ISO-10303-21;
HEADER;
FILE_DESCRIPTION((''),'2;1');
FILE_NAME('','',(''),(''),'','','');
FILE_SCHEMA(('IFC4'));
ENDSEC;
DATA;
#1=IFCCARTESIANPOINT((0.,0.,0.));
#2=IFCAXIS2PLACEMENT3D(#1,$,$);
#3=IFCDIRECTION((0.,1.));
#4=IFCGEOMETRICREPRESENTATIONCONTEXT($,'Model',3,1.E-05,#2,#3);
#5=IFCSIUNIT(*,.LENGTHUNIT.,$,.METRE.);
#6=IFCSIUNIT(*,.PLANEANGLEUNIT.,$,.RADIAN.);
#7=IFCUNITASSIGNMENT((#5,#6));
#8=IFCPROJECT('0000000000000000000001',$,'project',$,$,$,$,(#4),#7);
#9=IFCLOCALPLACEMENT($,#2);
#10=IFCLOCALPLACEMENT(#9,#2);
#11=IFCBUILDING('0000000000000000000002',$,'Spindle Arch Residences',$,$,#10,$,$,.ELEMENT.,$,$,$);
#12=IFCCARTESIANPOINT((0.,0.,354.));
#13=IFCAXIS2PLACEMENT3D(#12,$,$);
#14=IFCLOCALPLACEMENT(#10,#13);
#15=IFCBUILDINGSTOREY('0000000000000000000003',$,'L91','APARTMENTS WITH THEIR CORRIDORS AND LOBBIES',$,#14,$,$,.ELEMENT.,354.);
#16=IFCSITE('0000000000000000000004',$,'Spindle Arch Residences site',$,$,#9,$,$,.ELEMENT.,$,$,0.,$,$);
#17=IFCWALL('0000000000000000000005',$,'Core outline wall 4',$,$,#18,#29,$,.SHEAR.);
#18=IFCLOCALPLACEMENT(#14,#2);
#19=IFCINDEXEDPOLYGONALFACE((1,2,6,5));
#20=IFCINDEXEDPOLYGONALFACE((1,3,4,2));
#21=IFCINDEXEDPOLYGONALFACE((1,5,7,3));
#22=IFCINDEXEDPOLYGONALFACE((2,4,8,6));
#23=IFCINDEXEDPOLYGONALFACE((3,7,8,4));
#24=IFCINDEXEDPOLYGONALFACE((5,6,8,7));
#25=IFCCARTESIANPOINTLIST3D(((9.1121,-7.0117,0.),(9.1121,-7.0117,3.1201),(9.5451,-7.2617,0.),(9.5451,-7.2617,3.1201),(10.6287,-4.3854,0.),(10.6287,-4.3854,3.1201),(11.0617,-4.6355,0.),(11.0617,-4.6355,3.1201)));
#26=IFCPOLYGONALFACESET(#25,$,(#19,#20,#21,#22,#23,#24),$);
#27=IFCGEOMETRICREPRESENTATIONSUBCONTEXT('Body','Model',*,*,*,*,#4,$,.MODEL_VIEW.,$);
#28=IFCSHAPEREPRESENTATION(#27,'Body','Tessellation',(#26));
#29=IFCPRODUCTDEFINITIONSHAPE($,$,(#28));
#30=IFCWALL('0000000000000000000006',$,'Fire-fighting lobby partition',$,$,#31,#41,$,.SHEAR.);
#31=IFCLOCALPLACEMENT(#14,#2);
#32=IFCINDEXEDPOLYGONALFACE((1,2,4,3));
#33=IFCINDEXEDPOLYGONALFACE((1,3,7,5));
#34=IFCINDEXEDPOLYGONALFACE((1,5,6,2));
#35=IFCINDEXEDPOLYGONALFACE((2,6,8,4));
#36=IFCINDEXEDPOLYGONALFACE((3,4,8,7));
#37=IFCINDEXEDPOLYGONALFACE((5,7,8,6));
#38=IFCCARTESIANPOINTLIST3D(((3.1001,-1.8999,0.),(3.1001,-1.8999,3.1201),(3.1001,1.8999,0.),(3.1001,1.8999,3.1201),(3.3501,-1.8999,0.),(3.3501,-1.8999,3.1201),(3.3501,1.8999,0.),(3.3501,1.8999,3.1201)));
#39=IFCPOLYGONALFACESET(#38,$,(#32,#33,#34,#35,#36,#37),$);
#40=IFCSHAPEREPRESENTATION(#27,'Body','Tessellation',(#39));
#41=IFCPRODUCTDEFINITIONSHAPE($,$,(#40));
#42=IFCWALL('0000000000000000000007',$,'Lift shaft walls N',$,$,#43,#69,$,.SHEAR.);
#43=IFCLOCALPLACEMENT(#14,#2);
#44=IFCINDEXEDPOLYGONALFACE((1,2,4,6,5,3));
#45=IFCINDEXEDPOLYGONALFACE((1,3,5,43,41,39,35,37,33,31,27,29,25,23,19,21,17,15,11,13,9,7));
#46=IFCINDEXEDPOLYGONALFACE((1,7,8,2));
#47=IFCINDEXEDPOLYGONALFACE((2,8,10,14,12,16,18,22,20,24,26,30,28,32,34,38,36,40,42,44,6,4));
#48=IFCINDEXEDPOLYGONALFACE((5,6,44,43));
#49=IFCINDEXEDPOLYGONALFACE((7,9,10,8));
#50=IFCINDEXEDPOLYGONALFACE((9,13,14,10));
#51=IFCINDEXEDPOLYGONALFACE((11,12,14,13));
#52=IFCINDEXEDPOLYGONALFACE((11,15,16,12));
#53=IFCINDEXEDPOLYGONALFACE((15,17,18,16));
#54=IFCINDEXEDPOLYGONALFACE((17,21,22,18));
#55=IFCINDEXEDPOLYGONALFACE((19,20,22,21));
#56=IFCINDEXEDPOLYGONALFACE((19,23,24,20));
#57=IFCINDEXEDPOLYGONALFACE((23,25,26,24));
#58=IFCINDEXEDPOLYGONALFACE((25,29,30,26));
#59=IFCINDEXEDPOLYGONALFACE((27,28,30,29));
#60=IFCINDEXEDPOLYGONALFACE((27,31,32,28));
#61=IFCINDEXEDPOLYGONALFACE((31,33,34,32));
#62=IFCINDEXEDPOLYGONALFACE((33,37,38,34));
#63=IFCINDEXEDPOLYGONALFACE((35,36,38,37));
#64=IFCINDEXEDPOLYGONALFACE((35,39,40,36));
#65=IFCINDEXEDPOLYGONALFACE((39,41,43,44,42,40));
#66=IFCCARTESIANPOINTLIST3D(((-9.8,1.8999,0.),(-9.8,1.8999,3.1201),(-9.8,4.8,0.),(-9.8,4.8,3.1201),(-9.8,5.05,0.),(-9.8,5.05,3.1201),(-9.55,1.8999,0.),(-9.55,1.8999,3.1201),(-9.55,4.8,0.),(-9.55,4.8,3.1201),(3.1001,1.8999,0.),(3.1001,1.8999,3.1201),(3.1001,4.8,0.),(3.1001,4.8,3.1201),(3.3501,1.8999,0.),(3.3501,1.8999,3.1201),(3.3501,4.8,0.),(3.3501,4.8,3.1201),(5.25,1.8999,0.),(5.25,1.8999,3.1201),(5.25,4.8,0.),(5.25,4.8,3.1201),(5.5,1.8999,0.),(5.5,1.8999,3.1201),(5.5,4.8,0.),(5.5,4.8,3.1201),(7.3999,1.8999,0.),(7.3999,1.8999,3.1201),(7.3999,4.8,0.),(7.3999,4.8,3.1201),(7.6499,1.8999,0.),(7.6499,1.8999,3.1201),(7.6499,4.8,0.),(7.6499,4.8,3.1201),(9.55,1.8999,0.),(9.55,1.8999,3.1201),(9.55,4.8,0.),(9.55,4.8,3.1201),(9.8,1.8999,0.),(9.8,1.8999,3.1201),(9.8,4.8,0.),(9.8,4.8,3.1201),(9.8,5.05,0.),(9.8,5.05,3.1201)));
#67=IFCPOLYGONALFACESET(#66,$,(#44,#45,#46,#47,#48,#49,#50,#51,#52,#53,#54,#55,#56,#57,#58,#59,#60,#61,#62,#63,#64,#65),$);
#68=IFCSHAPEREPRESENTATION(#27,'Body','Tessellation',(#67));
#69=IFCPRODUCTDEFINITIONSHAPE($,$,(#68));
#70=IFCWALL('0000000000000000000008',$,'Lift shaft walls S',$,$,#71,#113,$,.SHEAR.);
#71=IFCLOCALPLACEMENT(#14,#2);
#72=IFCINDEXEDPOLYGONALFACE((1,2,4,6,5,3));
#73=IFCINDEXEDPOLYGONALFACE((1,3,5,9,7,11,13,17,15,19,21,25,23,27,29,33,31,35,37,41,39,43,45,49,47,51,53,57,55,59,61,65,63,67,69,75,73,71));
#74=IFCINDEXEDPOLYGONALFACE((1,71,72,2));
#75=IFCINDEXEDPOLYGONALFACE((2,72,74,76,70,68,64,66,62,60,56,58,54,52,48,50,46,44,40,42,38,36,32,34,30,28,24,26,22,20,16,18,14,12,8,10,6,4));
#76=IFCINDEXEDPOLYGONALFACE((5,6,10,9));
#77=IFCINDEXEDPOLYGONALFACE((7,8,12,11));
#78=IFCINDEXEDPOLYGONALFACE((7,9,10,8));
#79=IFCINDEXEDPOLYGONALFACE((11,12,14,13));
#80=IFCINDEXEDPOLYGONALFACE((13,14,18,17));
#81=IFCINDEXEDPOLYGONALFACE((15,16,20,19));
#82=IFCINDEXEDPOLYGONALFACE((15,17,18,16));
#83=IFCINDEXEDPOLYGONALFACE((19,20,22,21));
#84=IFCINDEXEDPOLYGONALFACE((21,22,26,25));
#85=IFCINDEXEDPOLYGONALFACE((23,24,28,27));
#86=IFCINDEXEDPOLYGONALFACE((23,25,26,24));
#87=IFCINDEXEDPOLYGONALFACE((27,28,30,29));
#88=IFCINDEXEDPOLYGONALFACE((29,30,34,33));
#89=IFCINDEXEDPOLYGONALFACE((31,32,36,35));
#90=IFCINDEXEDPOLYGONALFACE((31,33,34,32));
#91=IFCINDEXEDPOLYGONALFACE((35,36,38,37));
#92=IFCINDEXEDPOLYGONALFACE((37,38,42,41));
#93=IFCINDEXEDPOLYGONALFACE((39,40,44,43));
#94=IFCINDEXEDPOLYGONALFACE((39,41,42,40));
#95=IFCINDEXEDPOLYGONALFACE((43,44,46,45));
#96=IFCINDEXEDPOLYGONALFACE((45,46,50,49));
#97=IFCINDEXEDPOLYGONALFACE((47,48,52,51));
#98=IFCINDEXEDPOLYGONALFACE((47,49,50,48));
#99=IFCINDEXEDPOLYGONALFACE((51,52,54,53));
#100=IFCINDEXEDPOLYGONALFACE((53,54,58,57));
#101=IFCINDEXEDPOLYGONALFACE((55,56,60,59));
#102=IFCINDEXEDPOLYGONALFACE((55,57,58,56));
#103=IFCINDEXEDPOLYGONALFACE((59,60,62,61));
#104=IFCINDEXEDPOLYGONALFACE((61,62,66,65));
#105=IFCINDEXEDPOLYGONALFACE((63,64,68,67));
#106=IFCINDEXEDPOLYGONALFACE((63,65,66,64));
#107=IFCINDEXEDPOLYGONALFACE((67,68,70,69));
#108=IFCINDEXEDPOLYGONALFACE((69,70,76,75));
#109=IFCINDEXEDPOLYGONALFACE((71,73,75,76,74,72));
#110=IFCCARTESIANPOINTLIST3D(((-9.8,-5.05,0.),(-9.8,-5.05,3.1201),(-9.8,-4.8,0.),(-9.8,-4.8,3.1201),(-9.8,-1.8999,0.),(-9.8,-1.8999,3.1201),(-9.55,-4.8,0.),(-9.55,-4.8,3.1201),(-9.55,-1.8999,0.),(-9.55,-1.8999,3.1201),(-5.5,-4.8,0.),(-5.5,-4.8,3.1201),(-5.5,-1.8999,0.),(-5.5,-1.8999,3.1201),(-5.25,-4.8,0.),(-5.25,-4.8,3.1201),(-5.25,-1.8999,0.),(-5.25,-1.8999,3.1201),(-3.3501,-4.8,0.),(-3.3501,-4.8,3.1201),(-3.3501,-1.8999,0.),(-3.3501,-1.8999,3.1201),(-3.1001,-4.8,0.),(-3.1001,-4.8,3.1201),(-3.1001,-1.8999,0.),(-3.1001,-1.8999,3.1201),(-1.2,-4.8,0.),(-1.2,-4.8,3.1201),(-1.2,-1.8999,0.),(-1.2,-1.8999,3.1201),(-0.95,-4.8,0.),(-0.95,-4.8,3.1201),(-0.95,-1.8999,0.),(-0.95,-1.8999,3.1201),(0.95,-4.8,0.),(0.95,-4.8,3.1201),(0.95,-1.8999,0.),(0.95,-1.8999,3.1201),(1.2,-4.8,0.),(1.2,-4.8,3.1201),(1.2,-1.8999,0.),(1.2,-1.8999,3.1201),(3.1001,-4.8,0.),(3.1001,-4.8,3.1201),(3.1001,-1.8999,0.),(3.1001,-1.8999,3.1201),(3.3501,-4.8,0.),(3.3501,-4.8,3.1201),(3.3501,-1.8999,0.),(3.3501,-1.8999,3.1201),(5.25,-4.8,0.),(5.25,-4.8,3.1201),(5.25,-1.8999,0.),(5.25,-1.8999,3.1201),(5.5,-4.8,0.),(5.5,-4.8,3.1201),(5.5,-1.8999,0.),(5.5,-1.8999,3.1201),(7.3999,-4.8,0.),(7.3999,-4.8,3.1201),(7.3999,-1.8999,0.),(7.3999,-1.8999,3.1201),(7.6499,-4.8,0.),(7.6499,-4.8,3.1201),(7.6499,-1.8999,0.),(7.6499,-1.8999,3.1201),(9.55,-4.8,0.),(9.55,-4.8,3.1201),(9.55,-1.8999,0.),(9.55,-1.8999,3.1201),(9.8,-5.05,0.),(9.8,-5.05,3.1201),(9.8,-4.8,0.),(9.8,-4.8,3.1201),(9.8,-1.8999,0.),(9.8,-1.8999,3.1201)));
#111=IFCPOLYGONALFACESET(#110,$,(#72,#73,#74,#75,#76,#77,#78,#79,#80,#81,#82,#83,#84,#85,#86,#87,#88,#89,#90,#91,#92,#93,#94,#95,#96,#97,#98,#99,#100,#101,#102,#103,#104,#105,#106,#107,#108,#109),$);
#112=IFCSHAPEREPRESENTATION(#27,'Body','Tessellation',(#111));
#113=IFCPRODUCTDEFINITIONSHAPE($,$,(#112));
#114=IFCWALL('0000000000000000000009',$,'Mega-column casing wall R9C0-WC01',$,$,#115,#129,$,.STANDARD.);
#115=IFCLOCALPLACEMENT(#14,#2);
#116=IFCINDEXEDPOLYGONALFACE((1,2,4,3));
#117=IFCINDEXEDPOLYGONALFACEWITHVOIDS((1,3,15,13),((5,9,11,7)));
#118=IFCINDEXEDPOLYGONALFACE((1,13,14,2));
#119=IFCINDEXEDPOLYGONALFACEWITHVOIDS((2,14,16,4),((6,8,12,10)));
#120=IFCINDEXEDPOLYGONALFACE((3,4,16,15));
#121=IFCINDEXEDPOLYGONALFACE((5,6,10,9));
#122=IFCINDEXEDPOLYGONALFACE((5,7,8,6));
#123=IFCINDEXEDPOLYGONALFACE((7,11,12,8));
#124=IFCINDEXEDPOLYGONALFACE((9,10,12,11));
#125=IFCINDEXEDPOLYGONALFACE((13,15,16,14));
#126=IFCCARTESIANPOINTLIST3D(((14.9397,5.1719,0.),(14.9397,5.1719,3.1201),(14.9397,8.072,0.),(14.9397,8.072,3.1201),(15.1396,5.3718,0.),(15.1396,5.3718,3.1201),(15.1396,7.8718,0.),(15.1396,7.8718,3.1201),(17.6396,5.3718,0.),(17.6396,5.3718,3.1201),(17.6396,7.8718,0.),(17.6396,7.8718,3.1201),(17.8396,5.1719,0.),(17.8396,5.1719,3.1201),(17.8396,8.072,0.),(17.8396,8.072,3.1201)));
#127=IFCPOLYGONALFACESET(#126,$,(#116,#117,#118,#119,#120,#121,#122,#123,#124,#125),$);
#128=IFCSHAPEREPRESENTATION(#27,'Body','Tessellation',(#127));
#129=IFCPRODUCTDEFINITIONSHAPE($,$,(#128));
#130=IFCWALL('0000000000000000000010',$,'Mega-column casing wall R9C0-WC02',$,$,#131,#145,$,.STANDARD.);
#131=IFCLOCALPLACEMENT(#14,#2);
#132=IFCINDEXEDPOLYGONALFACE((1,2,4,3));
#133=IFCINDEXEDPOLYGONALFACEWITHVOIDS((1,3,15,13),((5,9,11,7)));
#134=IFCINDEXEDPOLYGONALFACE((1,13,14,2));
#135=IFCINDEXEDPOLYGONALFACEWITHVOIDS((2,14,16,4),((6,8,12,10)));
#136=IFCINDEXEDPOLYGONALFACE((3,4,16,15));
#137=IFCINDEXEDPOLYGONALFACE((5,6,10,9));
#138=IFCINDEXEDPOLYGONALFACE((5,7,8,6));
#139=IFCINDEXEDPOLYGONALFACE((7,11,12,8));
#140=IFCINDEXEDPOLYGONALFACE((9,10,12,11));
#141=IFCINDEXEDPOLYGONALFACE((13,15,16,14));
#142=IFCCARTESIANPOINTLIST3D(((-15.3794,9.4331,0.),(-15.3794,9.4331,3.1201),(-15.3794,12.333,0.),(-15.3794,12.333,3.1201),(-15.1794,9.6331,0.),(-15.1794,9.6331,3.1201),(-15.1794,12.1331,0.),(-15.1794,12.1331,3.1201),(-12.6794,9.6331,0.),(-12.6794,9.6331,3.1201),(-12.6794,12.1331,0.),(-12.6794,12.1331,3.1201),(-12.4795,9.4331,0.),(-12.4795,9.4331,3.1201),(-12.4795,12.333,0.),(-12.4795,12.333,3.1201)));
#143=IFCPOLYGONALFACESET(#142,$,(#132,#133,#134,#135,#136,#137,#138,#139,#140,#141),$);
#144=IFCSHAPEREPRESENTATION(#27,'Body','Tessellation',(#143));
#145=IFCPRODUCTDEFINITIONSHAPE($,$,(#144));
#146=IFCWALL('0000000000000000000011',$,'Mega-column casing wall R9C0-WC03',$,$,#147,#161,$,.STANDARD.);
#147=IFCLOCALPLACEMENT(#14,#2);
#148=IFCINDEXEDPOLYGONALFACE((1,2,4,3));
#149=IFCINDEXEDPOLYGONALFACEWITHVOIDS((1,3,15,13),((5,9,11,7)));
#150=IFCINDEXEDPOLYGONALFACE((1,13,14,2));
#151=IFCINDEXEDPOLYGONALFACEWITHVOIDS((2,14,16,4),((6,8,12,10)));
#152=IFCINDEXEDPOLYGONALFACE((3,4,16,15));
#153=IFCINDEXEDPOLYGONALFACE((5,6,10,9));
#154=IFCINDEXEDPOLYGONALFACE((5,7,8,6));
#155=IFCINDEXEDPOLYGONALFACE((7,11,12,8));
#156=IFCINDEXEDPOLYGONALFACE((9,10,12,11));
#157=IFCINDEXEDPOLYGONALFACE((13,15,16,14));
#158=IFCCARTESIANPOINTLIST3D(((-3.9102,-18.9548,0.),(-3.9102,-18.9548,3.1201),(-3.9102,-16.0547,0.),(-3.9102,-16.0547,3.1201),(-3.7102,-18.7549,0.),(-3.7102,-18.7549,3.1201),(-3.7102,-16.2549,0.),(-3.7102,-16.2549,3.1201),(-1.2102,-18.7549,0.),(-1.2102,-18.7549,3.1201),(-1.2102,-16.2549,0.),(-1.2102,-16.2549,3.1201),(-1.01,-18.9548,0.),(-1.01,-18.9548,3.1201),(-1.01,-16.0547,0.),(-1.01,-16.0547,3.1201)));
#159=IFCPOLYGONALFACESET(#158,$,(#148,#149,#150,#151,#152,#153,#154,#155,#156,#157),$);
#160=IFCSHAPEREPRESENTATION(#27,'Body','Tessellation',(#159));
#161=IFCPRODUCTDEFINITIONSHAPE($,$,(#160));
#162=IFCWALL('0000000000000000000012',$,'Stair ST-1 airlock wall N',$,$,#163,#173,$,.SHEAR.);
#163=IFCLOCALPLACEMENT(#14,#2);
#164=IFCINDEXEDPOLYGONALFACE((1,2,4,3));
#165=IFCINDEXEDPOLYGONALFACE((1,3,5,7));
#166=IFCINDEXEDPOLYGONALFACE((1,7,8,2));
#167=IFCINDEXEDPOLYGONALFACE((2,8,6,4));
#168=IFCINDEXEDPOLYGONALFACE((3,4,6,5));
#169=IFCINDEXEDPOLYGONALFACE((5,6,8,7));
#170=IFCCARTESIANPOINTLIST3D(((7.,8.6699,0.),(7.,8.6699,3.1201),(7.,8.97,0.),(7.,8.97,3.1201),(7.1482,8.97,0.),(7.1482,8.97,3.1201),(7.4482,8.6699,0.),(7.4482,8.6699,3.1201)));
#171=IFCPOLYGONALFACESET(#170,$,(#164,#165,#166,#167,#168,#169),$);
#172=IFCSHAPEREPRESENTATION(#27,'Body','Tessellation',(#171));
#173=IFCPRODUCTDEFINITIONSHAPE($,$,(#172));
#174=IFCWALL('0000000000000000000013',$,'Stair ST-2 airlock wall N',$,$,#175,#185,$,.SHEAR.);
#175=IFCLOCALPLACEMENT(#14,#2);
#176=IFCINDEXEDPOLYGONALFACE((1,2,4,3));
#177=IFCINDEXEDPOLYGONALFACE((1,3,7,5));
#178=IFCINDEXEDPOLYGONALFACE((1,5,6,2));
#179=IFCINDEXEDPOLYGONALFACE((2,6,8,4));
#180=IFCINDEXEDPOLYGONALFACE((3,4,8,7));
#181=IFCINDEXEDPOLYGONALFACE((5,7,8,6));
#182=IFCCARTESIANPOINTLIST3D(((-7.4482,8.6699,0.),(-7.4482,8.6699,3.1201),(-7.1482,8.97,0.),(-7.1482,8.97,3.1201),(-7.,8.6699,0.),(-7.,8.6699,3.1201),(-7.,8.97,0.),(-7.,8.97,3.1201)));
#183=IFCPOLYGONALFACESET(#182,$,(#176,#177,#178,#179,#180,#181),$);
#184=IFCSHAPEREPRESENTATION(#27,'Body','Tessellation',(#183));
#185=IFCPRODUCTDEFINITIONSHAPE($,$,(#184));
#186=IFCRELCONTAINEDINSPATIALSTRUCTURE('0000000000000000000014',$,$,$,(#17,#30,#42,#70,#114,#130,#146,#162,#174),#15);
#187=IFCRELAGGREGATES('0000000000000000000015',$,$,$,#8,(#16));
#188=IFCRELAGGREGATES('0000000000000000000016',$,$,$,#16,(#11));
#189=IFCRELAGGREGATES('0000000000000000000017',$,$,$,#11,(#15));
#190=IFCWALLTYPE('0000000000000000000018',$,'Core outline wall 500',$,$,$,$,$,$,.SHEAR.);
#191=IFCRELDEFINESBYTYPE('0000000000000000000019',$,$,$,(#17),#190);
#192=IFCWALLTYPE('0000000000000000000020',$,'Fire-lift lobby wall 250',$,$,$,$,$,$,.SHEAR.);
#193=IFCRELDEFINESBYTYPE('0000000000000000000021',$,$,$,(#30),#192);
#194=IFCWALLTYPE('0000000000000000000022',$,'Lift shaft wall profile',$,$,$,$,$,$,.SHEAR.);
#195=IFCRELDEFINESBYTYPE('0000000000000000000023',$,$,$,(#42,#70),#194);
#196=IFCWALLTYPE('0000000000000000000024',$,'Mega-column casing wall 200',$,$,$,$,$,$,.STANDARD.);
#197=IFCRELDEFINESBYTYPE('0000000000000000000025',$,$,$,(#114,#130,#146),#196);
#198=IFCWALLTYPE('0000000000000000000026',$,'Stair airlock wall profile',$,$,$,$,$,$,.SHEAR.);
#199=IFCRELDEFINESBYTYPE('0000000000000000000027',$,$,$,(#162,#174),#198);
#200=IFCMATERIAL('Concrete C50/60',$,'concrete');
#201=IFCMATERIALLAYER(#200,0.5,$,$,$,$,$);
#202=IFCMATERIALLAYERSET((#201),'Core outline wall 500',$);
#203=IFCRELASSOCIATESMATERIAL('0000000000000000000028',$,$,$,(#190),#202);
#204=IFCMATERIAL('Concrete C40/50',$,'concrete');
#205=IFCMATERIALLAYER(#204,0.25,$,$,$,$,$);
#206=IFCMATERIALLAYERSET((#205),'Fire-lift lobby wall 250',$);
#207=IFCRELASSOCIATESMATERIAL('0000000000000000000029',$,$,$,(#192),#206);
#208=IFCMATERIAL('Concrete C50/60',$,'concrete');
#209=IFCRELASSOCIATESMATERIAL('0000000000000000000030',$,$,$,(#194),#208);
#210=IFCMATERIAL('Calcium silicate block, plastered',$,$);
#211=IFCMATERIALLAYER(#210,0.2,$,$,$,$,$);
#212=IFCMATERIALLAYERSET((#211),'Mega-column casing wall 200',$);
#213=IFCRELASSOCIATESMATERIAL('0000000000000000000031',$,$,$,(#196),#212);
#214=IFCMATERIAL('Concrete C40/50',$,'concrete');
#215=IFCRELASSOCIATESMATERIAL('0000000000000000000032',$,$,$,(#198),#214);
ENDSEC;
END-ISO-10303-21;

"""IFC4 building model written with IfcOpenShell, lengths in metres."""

from ifc_helpers import new_model, si_unit, direction, frame, frame_2d, origin, place, context, subcontext, project, spatial, polyline, rectangle, outline, extrude, material, layer, layer_set, type_object, element, save


model = new_model("IFC4")

# Units and contexts
model_context = context("Model", 3, precision=1e-05, world=origin(), true_north=direction((0.0, 1.0)))
body_context = subcontext(model_context, "Body", "Model", "MODEL_VIEW")
ifc_project = project(units=[si_unit("LENGTHUNIT", "METRE"), si_unit("PLANEANGLEUNIT", "RADIAN")], contexts=[model_context])

# Site, building, storey
site_placement = place(None, origin())
site = spatial("IfcSite", under=ifc_project, at=site_placement, Name="Spindle Arch Residences site", CompositionType="ELEMENT", RefElevation=0.0)
building_placement = place(site_placement, origin())
building = spatial("IfcBuilding", under=site, at=building_placement, Name="Spindle Arch Residences", CompositionType="ELEMENT")
storey_placement = place(building_placement, frame((0.0, 0.0, 354.0)))
storey = spatial("IfcBuildingStorey", under=building, at=storey_placement, Name="L91", Description="APARTMENTS WITH THEIR CORRIDORS AND LOBBIES", CompositionType="ELEMENT", Elevation=354.0)

# Walls
ifc_material_1 = material(Name="Concrete C50/60", Category="concrete")
ifc_layer_1 = layer(ifc_material_1, 0.5)
ifc_layer_set_1 = layer_set([ifc_layer_1], Name="Core outline wall 500")
wall_type_1 = type_object("IfcWallType", Name="Core outline wall 500", PredefinedType="SHEAR", material=ifc_layer_set_1)
wall_1_placement = place(storey_placement, frame((9.3286, -7.1367, 0.0), z_axis=(0.0, 0.0, 1.0), x_axis=(0.500087, 0.865975, 0.0)))
element("IfcWall", 1, at=wall_1_placement, inside=storey, type_object=wall_type_1, Name="Core outline wall 4", PredefinedType="SHEAR", context=body_context, shape_type="SweptSolid", body=[
    extrude(rectangle(XDim=3.0327, YDim=0.5, at=frame_2d((1.5164, 0.0))), origin(), (0.0, 0.0, 1.0), 3.1201),
])
ifc_material_2 = material(Name="Concrete C40/50", Category="concrete")
ifc_layer_2 = layer(ifc_material_2, 0.25)
ifc_layer_set_2 = layer_set([ifc_layer_2], Name="Fire-lift lobby wall 250")
wall_type_2 = type_object("IfcWallType", Name="Fire-lift lobby wall 250", PredefinedType="SHEAR", material=ifc_layer_set_2)
wall_2_placement = place(storey_placement, frame((3.2251, -1.8999, 0.0), z_axis=(0.0, 0.0, 1.0), x_axis=(0.0, 1.0, 0.0)))
element("IfcWall", 2, at=wall_2_placement, inside=storey, type_object=wall_type_2, Name="Fire-fighting lobby partition", PredefinedType="SHEAR", context=body_context, shape_type="SweptSolid", body=[
    extrude(rectangle(XDim=3.7998, YDim=0.25, at=frame_2d((1.8999, 0.0))), origin(), (0.0, 0.0, 1.0), 3.1201),
])

# Walls
ifc_material_3 = material(Name="Concrete C50/60", Category="concrete")
wall_type_3 = type_object("IfcWallType", Name="Lift shaft wall profile", PredefinedType="SHEAR", material=ifc_material_3)
wall_3_placement = place(storey_placement, origin())
element("IfcWall", 3, at=wall_3_placement, inside=storey, type_object=wall_type_3, Name="Lift shaft walls N", PredefinedType="SHEAR", context=body_context, shape_type="SweptSolid", body=[
    extrude(outline(polyline([(-9.8, 1.8999), (-9.55, 1.8999), (-9.55, 4.8), (3.1001, 4.8), (3.1001, 1.8999), (3.3501, 1.8999), (3.3501, 4.8), (5.25, 4.8), (5.25, 1.8999), (5.5, 1.8999), (5.5, 4.8), (7.3999, 4.8), (7.3999, 1.8999), (7.6499, 1.8999), (7.6499, 4.8), (9.55, 4.8), (9.55, 1.8999), (9.8, 1.8999), (9.8, 4.8), (9.8, 5.05), (-9.8, 5.05), (-9.8, 4.8), (-9.8, 1.8999)])), origin(), (0.0, 0.0, 1.0), 3.1201),
])
wall_4_placement = place(storey_placement, origin())
element("IfcWall", 4, at=wall_4_placement, inside=storey, type_object=wall_type_3, Name="Lift shaft walls S", PredefinedType="SHEAR", context=body_context, shape_type="SweptSolid", body=[
    extrude(outline(polyline([(9.8, -5.05), (9.8, -4.8), (9.8, -1.8999), (9.55, -1.8999), (9.55, -4.8), (7.6499, -4.8), (7.6499, -1.8999), (7.3999, -1.8999), (7.3999, -4.8), (5.5, -4.8), (5.5, -1.8999), (5.25, -1.8999), (5.25, -4.8), (3.3501, -4.8), (3.3501, -1.8999), (3.1001, -1.8999), (3.1001, -4.8), (1.2, -4.8), (1.2, -1.8999), (0.95, -1.8999), (0.95, -4.8), (-0.95, -4.8), (-0.95, -1.8999), (-1.2, -1.8999), (-1.2, -4.8), (-3.1001, -4.8), (-3.1001, -1.8999), (-3.3501, -1.8999), (-3.3501, -4.8), (-5.25, -4.8), (-5.25, -1.8999), (-5.5, -1.8999), (-5.5, -4.8), (-9.55, -4.8), (-9.55, -1.8999), (-9.8, -1.8999), (-9.8, -4.8), (-9.8, -5.05), (9.8, -5.05)])), origin(), (0.0, 0.0, 1.0), 3.1201),
])
ifc_material_4 = material(Name="Calcium silicate block, plastered")
ifc_layer_3 = layer(ifc_material_4, 0.2)
ifc_layer_set_3 = layer_set([ifc_layer_3], Name="Mega-column casing wall 200")
wall_type_4 = type_object("IfcWallType", Name="Mega-column casing wall 200", PredefinedType="STANDARD", material=ifc_layer_set_3)
wall_5_placement = place(storey_placement, origin())
element("IfcWall", 5, at=wall_5_placement, inside=storey, type_object=wall_type_4, Name="Mega-column casing wall R9C0-WC01", PredefinedType="STANDARD", context=body_context, shape_type="SweptSolid", body=[
    extrude(outline(polyline([(17.8396, 8.072), (17.8396, 5.1719), (14.9397, 5.1719), (14.9397, 8.072), (17.8396, 8.072)]), holes=[polyline([(15.1396, 5.3718), (17.6396, 5.3718), (17.6396, 7.8718), (15.1396, 7.8718), (15.1396, 5.3718)])]), origin(), (0.0, 0.0, 1.0), 3.1201),
])
wall_6_placement = place(storey_placement, origin())
element("IfcWall", 6, at=wall_6_placement, inside=storey, type_object=wall_type_4, Name="Mega-column casing wall R9C0-WC02", PredefinedType="STANDARD", context=body_context, shape_type="SweptSolid", body=[
    extrude(outline(polyline([(-12.4795, 12.333), (-12.4795, 9.4331), (-15.3794, 9.4331), (-15.3794, 12.333), (-12.4795, 12.333)]), holes=[polyline([(-15.1794, 9.6331), (-12.6794, 9.6331), (-12.6794, 12.1331), (-15.1794, 12.1331), (-15.1794, 9.6331)])]), origin(), (0.0, 0.0, 1.0), 3.1201),
])
wall_7_placement = place(storey_placement, origin())
element("IfcWall", 7, at=wall_7_placement, inside=storey, type_object=wall_type_4, Name="Mega-column casing wall R9C0-WC03", PredefinedType="STANDARD", context=body_context, shape_type="SweptSolid", body=[
    extrude(outline(polyline([(-1.01, -16.0547), (-1.01, -18.9548), (-3.9102, -18.9548), (-3.9102, -16.0547), (-1.01, -16.0547)]), holes=[polyline([(-3.7102, -18.7549), (-1.2102, -18.7549), (-1.2102, -16.2549), (-3.7102, -16.2549), (-3.7102, -18.7549)])]), origin(), (0.0, 0.0, 1.0), 3.1201),
])
ifc_material_5 = material(Name="Concrete C40/50", Category="concrete")
wall_type_5 = type_object("IfcWallType", Name="Stair airlock wall profile", PredefinedType="SHEAR", material=ifc_material_5)
wall_8_placement = place(storey_placement, origin())
element("IfcWall", 8, at=wall_8_placement, inside=storey, type_object=wall_type_5, Name="Stair ST-1 airlock wall N", PredefinedType="SHEAR", context=body_context, shape_type="SweptSolid", body=[
    extrude(outline(polyline([(7.4482, 8.6699), (7.0, 8.6699), (7.0, 8.97), (7.1482, 8.97), (7.4482, 8.6699)])), origin(), (0.0, 0.0, 1.0), 3.1201),
])
wall_9_placement = place(storey_placement, origin())
element("IfcWall", 9, at=wall_9_placement, inside=storey, type_object=wall_type_5, Name="Stair ST-2 airlock wall N", PredefinedType="SHEAR", context=body_context, shape_type="SweptSolid", body=[
    extrude(outline(polyline([(-7.1482, 8.97), (-7.0, 8.97), (-7.0, 8.6699), (-7.4482, 8.6699), (-7.1482, 8.97)])), origin(), (0.0, 0.0, 1.0), 3.1201),
])

save(model, "model.ifc")
